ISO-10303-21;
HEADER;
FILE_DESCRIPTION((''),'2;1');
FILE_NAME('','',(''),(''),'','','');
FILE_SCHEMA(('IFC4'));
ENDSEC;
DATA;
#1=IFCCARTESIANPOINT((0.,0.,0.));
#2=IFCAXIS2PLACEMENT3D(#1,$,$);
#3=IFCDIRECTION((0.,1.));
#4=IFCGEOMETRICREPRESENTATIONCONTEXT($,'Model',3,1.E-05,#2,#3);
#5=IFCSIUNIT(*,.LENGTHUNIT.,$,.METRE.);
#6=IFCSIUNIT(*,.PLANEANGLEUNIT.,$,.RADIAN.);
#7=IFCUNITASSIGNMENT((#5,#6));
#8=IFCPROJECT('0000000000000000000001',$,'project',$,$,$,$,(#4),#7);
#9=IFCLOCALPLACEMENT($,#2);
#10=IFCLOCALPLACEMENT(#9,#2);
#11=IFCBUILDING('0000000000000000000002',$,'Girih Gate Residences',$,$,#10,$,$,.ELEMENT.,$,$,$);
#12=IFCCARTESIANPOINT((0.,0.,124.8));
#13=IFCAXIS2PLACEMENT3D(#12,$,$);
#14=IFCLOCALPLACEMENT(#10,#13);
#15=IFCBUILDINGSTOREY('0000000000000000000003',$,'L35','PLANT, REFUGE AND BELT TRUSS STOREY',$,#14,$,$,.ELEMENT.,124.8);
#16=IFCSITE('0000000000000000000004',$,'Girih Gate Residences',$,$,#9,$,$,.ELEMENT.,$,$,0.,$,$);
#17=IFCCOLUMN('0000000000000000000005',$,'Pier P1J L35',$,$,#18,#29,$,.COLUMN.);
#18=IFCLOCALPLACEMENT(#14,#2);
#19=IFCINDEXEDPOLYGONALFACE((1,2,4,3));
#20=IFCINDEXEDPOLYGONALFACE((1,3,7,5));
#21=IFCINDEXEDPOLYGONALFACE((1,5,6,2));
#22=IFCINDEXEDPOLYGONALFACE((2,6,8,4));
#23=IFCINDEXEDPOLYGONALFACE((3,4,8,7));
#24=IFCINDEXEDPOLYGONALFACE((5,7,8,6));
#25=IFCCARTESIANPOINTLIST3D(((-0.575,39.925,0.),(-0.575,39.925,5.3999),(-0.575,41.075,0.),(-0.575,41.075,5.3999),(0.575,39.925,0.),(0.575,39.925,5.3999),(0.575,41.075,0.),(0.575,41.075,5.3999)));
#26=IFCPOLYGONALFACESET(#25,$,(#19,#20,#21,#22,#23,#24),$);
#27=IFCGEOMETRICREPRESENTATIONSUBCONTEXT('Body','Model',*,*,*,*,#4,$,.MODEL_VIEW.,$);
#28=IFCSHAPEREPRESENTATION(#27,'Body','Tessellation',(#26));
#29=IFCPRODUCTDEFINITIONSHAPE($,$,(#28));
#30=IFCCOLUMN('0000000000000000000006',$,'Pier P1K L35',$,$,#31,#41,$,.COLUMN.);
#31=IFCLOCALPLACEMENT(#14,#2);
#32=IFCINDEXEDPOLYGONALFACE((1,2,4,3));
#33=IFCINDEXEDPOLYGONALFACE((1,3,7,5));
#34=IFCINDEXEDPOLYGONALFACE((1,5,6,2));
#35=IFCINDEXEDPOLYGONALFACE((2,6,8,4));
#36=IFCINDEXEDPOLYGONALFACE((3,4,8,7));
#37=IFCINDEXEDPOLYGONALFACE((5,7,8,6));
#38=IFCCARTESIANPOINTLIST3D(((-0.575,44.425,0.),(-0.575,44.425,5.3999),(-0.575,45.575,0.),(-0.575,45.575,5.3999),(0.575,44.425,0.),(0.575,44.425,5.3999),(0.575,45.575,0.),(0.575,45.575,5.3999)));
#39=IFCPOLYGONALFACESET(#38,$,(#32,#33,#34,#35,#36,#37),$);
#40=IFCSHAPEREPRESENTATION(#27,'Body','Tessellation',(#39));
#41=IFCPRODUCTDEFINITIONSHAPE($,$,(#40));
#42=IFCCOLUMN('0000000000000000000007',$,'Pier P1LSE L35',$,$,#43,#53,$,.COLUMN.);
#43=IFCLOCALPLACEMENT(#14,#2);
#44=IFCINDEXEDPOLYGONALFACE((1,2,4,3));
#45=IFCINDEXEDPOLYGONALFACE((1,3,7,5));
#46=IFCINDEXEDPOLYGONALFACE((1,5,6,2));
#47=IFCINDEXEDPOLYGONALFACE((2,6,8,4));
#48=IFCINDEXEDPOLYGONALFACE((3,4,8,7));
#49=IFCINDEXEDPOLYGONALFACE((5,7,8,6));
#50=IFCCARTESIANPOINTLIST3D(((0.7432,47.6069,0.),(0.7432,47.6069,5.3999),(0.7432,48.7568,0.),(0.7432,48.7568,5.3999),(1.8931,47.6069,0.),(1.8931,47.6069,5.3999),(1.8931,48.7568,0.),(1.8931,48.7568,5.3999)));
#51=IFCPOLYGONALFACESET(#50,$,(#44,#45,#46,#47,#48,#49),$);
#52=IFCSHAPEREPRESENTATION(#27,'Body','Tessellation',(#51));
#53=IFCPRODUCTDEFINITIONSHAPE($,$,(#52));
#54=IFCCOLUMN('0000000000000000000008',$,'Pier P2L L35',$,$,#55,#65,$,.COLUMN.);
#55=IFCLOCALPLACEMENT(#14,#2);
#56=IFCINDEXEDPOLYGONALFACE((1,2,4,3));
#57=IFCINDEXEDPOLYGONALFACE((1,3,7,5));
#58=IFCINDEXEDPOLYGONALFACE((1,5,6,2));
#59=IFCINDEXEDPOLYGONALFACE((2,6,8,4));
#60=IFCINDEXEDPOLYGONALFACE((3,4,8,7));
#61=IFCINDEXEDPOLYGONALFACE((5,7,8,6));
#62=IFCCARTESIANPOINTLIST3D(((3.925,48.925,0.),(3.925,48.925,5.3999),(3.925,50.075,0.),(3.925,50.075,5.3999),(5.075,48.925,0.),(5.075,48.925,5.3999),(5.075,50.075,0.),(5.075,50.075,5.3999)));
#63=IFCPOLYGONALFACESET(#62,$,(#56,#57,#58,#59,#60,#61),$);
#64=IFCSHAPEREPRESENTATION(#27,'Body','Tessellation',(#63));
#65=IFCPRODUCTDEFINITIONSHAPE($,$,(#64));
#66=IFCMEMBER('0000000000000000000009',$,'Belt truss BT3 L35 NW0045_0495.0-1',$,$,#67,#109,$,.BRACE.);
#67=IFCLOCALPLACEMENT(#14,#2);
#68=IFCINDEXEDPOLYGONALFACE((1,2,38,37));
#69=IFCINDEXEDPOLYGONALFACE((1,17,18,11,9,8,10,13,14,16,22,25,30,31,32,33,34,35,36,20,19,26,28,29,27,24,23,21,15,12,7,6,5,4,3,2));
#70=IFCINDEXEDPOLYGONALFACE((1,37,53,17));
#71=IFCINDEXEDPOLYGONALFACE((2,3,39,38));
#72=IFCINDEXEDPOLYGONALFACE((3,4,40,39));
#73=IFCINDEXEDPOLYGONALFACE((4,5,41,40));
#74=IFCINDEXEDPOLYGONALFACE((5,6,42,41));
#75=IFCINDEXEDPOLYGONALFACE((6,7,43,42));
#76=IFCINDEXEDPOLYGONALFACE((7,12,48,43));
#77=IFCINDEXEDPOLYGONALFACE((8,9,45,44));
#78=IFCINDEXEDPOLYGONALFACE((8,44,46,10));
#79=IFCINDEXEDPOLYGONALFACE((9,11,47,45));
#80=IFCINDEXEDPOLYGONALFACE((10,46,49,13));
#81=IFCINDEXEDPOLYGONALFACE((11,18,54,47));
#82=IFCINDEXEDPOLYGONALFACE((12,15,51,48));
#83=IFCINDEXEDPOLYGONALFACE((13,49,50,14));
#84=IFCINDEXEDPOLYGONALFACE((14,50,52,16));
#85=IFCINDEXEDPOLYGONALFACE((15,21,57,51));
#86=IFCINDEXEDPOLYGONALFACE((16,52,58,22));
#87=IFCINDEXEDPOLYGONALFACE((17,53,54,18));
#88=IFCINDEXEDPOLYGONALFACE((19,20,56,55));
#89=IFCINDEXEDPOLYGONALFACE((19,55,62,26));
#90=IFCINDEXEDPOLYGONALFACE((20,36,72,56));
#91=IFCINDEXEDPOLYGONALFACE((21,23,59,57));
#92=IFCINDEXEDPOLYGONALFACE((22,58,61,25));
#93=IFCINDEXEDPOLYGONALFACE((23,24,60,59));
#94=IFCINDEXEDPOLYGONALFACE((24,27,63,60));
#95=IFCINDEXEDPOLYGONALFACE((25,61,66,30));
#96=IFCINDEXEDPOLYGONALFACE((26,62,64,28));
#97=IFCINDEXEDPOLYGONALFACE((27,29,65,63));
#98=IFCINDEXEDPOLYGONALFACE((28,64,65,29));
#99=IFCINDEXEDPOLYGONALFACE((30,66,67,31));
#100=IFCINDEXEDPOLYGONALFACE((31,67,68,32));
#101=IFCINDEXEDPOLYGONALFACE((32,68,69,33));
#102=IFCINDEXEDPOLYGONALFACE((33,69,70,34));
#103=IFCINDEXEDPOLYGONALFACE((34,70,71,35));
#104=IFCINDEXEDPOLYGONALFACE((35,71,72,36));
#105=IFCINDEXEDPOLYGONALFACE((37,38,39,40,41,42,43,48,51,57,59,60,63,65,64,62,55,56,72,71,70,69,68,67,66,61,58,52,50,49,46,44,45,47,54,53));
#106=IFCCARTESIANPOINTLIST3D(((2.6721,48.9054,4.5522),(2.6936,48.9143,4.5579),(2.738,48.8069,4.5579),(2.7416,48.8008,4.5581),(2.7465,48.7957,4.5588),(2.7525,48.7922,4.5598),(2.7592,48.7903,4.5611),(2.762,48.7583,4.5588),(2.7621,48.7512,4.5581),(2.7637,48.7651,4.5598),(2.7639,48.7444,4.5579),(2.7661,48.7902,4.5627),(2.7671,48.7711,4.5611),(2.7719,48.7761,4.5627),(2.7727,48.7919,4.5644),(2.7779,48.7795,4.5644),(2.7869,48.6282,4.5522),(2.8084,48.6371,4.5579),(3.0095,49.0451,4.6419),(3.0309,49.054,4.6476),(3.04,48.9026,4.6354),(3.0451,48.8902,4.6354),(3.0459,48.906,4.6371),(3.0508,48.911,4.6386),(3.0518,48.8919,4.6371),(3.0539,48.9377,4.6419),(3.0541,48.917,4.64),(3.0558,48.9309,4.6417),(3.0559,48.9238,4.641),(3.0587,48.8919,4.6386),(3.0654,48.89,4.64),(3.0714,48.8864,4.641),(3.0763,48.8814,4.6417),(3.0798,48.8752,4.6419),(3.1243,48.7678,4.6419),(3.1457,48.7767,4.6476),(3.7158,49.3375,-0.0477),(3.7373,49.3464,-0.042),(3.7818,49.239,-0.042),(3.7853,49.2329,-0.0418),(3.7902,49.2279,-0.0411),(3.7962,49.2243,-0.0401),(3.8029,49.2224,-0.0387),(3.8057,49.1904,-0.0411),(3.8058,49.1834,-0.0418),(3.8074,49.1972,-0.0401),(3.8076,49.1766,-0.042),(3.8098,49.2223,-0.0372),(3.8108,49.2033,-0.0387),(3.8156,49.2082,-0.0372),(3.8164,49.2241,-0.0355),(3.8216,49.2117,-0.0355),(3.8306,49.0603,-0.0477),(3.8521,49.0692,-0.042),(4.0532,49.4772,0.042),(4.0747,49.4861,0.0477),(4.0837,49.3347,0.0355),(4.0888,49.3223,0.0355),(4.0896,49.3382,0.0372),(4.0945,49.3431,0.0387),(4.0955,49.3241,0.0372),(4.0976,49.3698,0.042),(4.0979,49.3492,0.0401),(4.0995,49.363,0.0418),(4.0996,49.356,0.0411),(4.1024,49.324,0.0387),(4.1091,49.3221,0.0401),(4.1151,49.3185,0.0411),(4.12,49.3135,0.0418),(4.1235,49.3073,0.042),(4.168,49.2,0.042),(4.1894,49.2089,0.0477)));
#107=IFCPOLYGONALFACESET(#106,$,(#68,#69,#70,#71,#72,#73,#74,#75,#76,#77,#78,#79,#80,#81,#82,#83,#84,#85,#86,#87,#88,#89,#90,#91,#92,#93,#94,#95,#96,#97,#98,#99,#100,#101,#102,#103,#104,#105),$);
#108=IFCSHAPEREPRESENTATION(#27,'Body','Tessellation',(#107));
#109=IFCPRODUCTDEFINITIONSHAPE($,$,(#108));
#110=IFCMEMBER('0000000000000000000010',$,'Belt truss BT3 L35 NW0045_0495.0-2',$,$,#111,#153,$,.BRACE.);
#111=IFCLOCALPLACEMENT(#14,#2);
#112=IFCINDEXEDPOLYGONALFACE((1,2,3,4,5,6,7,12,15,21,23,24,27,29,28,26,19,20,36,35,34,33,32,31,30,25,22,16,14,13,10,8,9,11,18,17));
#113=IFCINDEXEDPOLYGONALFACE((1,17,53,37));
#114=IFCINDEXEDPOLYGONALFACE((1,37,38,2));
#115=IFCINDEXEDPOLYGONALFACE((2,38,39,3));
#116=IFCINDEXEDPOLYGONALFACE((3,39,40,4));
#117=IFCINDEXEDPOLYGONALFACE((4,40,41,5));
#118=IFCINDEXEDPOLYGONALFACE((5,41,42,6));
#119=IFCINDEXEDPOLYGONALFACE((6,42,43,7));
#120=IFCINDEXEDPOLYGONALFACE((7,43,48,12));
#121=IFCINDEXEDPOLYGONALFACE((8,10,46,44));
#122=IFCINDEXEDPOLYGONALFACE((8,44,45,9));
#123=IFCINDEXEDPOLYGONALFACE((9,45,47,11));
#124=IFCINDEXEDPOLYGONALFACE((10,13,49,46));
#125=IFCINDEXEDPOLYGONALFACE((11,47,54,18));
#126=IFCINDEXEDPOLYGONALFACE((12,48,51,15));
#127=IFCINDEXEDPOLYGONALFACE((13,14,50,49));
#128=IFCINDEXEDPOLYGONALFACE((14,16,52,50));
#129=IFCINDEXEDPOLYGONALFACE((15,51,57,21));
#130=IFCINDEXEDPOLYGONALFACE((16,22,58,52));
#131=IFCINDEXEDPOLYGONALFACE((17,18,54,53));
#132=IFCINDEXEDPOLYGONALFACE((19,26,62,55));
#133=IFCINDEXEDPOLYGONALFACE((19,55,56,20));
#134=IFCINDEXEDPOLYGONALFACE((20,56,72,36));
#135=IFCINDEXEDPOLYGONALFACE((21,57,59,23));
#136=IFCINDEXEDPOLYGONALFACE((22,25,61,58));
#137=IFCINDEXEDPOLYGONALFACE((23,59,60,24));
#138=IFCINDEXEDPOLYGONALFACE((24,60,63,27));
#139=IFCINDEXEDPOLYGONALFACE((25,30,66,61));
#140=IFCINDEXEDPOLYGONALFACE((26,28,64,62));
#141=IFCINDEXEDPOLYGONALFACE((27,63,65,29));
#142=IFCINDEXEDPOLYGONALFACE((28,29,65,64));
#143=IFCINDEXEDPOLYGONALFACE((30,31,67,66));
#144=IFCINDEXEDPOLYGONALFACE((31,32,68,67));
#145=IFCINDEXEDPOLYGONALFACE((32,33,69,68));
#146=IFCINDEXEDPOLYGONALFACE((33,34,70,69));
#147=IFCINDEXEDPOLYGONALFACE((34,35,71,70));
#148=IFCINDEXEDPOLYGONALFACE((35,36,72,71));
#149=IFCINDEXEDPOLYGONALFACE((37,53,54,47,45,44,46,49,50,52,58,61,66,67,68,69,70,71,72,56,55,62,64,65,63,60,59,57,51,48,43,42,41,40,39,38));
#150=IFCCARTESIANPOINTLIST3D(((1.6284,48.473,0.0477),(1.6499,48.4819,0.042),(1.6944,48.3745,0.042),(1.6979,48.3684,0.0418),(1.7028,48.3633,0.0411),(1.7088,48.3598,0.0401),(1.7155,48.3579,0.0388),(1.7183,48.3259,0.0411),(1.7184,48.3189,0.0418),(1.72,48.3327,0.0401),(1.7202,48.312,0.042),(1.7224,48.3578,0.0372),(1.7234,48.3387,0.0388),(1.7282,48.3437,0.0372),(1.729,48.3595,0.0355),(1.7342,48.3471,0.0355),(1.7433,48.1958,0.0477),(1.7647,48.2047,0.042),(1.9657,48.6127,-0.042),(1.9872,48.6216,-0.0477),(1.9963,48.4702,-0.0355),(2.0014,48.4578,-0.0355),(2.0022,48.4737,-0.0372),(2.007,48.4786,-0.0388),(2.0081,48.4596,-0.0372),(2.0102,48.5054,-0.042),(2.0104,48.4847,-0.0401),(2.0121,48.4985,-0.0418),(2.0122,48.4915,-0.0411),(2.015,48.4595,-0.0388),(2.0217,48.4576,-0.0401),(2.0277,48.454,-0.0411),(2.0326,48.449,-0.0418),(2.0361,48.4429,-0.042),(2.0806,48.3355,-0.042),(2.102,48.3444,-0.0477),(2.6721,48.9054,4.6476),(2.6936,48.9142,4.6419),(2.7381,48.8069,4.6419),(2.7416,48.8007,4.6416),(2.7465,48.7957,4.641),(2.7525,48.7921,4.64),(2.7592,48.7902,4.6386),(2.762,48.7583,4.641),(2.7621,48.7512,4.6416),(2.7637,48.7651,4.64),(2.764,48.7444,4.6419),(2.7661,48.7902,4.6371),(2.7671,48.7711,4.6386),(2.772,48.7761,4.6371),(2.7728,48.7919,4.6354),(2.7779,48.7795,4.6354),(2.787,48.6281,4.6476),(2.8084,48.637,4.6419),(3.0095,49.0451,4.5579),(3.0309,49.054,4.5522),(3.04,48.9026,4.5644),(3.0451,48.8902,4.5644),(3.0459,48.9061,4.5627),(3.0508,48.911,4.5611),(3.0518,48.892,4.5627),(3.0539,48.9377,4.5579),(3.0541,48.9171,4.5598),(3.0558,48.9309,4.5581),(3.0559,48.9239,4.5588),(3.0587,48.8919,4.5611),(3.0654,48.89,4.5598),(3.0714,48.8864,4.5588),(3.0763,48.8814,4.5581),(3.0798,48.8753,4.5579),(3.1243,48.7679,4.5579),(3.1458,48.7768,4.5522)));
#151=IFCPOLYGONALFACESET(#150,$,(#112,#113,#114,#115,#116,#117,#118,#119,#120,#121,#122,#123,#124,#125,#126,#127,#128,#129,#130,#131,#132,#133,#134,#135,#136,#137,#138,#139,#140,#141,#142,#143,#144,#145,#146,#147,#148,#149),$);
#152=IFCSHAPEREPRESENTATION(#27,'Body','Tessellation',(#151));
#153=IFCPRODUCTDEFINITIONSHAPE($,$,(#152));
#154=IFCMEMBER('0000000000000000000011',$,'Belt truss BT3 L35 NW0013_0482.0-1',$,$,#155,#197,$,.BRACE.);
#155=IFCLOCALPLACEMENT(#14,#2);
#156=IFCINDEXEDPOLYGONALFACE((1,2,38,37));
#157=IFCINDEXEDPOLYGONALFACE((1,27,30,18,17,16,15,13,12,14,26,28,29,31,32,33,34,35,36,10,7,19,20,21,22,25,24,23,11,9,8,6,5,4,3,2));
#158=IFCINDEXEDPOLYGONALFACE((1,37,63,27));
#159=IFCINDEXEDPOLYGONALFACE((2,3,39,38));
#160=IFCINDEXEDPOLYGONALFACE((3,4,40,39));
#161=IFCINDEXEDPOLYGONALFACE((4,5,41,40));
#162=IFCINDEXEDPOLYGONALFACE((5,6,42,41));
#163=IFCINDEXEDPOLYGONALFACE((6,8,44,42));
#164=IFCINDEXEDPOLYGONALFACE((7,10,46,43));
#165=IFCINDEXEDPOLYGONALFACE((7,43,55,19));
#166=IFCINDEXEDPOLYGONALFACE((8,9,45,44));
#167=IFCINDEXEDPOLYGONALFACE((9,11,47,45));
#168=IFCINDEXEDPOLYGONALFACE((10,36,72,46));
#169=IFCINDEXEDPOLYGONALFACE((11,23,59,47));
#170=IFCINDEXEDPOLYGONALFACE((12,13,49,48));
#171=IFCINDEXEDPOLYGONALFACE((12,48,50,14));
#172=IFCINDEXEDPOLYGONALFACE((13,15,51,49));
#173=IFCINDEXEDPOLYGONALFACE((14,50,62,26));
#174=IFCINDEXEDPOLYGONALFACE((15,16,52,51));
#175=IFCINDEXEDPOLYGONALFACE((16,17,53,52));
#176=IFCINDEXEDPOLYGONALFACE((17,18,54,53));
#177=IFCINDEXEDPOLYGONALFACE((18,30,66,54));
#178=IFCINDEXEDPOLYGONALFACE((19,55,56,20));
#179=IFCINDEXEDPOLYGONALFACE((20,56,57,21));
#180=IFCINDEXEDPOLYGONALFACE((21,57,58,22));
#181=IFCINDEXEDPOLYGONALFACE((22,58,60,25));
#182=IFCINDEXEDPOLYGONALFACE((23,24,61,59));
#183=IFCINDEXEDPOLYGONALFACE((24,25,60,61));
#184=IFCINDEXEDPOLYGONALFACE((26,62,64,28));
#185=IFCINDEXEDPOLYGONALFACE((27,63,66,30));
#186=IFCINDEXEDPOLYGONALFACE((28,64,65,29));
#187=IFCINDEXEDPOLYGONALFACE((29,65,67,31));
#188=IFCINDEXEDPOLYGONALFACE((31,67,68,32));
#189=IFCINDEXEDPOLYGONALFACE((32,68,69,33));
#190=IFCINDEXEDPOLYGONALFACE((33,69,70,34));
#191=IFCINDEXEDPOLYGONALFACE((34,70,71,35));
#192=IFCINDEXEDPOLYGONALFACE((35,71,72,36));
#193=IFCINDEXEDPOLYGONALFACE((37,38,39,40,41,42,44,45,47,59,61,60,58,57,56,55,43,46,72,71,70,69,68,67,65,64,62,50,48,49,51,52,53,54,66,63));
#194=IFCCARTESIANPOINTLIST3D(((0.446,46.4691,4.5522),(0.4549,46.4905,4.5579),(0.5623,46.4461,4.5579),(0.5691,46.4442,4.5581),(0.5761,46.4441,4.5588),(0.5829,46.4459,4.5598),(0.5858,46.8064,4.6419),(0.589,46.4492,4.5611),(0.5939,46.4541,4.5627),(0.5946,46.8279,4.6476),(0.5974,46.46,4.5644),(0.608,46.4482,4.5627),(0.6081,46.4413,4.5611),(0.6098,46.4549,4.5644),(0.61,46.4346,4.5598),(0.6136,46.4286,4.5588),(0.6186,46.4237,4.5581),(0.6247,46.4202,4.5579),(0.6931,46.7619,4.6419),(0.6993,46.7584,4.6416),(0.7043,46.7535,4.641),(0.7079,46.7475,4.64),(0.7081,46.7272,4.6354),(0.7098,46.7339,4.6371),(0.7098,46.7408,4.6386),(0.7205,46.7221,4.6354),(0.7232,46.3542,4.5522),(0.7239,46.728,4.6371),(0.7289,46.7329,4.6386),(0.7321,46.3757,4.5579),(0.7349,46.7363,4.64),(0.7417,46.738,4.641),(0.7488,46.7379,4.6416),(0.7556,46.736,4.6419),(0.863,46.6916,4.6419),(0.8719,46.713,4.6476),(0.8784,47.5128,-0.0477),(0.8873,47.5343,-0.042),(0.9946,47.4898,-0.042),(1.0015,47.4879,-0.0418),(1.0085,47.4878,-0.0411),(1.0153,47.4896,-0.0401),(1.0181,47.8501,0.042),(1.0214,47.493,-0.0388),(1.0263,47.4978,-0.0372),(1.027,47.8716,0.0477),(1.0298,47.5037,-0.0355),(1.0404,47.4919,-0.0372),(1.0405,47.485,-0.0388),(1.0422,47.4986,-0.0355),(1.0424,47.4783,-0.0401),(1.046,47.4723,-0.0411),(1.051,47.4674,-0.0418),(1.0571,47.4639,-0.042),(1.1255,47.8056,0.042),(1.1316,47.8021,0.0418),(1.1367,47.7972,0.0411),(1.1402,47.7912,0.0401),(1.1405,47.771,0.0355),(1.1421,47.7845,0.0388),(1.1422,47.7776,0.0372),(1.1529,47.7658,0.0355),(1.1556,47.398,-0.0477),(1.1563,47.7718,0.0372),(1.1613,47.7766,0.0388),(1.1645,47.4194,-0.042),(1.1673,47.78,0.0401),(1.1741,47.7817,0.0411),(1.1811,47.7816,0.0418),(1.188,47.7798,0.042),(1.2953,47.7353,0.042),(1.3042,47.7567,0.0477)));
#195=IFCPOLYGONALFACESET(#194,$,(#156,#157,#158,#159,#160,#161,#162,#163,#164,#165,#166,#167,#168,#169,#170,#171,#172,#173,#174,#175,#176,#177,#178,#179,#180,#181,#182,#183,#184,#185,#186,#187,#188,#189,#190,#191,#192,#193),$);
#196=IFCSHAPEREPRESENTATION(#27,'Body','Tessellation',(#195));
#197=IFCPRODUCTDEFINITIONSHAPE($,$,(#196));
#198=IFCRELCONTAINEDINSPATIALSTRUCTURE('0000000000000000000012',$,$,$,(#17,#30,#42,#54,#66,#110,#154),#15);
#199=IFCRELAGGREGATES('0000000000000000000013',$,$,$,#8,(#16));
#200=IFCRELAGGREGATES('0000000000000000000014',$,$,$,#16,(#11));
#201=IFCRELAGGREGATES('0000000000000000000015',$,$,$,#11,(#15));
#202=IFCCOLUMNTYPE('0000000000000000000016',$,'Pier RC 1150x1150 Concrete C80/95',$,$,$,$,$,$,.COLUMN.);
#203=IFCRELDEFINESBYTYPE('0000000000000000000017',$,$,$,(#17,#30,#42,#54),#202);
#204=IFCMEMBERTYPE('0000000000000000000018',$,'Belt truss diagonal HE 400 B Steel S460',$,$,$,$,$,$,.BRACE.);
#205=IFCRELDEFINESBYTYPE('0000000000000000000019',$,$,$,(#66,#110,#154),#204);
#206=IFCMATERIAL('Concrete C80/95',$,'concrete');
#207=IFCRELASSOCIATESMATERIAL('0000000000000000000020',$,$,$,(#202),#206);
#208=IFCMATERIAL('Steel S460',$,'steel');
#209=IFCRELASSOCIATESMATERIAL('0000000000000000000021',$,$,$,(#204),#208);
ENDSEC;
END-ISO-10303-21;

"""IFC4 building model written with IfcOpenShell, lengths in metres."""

from ifc_helpers import new_model, si_unit, direction, frame, origin, origin_2d, place, context, subcontext, project, spatial, rectangle, i_section, extrude, material, material_profile, profile_set, type_object, element, save


model = new_model("IFC4")

# Units and contexts
model_context = context("Model", 3, precision=1e-05, world=origin(), true_north=direction((0.0, 1.0)))
body_context = subcontext(model_context, "Body", "Model", "MODEL_VIEW")
ifc_project = project(units=[si_unit("LENGTHUNIT", "METRE"), si_unit("PLANEANGLEUNIT", "RADIAN")], contexts=[model_context])

# Site, building, storey
site_placement = place(None, origin())
site = spatial("IfcSite", under=ifc_project, at=site_placement, Name="Girih Gate Residences", CompositionType="ELEMENT", RefElevation=0.0)
building_placement = place(site_placement, origin())
building = spatial("IfcBuilding", under=site, at=building_placement, Name="Girih Gate Residences", CompositionType="ELEMENT")
storey_placement = place(building_placement, frame((0.0, 0.0, 124.8)))
storey = spatial("IfcBuildingStorey", under=building, at=storey_placement, Name="L35", Description="PLANT, REFUGE AND BELT TRUSS STOREY", CompositionType="ELEMENT", Elevation=124.8)

# Columns
ifc_material_1 = material(Name="Concrete C80/95", Category="concrete")
ifc_material_profile_1 = material_profile(ifc_material_1, rectangle(XDim=1.1499, YDim=1.1499, at=origin_2d()))
ifc_profile_set_1 = profile_set([ifc_material_profile_1], Name="Concrete C80/95")
column_type = type_object("IfcColumnType", Name="Pier RC 1150x1150 Concrete C80/95", PredefinedType="COLUMN", material=ifc_profile_set_1)
for number, where, z_axis, x_axis, name in (
    (1, (0.0, 40.5, 0.0), (0.0, 0.0, 1.0), (1.0, 0.0, 0.0), "Pier P1J L35"),
    (2, (0.0, 45.0, 0.0), (0.0, 0.0, 1.0), (1.0, 0.0, 0.0), "Pier P1K L35"),
    (3, (1.3181, 48.1819, 0.0), (0.0, 0.0, 1.0), (1.0, 0.0, 0.0), "Pier P1LSE L35"),
    (4, (4.5, 49.5, 0.0), (0.0, 0.0, 1.0), (1.0, 0.0, 0.0), "Pier P2L L35"),
):
    element("IfcColumn", number, at=place(storey_placement, frame(where, z_axis=z_axis, x_axis=x_axis)), inside=storey, type_object=column_type, Name=name, PredefinedType="COLUMN", context=body_context, shape_type="SweptSolid", body=[
        extrude(rectangle(XDim=1.1499, YDim=1.1499, at=origin_2d()), origin(), (0.0, 0.0, 1.0), 5.3999),
    ])

# Members
ifc_material_2 = material(Name="Steel S460", Category="steel")
ifc_material_profile_2 = material_profile(ifc_material_2, i_section(OverallWidth=0.3, OverallDepth=0.3999, WebThickness=0.0134, FlangeThickness=0.0239, FilletRadius=0.0271, at=origin_2d()))
ifc_profile_set_2 = profile_set([ifc_material_profile_2], Name="Steel S460")
member_type_1 = type_object("IfcMemberType", Name="Belt truss diagonal HE 400 B Steel S460", PredefinedType="BRACE", material=ifc_profile_set_2)
for number, where, z_axis, x_axis, name in (
    (5, (3.9526, 49.2732, 0.0), (-0.220352, -0.091233, 0.971145), (0.382543, -0.923938, 0.0), "Belt truss BT3 L35 NW0045_0495.0-1"),
    (6, (1.8652, 48.4087, 0.0), (0.22035, 0.091284, 0.97114), (-0.382727, 0.923861, 0.0), "Belt truss BT3 L35 NW0045_0495.0-2"),
    (7, (1.0913, 47.6348, 0.0), (-0.091284, -0.22035, 0.97114), (0.923861, -0.382727, 0.0), "Belt truss BT3 L35 NW0013_0482.0-1"),
):
    element("IfcMember", number, at=place(storey_placement, frame(where, z_axis=z_axis, x_axis=x_axis)), inside=storey, type_object=member_type_1, Name=name, PredefinedType="BRACE", context=body_context, shape_type="SweptSolid", body=[
        extrude(i_section(OverallWidth=0.3, OverallDepth=0.3999, WebThickness=0.0134, FlangeThickness=0.0239, FilletRadius=0.0271, at=origin_2d()), origin(), (0.0, 0.0, 1.0), 4.7366),
    ])

save(model, "model.ifc")
